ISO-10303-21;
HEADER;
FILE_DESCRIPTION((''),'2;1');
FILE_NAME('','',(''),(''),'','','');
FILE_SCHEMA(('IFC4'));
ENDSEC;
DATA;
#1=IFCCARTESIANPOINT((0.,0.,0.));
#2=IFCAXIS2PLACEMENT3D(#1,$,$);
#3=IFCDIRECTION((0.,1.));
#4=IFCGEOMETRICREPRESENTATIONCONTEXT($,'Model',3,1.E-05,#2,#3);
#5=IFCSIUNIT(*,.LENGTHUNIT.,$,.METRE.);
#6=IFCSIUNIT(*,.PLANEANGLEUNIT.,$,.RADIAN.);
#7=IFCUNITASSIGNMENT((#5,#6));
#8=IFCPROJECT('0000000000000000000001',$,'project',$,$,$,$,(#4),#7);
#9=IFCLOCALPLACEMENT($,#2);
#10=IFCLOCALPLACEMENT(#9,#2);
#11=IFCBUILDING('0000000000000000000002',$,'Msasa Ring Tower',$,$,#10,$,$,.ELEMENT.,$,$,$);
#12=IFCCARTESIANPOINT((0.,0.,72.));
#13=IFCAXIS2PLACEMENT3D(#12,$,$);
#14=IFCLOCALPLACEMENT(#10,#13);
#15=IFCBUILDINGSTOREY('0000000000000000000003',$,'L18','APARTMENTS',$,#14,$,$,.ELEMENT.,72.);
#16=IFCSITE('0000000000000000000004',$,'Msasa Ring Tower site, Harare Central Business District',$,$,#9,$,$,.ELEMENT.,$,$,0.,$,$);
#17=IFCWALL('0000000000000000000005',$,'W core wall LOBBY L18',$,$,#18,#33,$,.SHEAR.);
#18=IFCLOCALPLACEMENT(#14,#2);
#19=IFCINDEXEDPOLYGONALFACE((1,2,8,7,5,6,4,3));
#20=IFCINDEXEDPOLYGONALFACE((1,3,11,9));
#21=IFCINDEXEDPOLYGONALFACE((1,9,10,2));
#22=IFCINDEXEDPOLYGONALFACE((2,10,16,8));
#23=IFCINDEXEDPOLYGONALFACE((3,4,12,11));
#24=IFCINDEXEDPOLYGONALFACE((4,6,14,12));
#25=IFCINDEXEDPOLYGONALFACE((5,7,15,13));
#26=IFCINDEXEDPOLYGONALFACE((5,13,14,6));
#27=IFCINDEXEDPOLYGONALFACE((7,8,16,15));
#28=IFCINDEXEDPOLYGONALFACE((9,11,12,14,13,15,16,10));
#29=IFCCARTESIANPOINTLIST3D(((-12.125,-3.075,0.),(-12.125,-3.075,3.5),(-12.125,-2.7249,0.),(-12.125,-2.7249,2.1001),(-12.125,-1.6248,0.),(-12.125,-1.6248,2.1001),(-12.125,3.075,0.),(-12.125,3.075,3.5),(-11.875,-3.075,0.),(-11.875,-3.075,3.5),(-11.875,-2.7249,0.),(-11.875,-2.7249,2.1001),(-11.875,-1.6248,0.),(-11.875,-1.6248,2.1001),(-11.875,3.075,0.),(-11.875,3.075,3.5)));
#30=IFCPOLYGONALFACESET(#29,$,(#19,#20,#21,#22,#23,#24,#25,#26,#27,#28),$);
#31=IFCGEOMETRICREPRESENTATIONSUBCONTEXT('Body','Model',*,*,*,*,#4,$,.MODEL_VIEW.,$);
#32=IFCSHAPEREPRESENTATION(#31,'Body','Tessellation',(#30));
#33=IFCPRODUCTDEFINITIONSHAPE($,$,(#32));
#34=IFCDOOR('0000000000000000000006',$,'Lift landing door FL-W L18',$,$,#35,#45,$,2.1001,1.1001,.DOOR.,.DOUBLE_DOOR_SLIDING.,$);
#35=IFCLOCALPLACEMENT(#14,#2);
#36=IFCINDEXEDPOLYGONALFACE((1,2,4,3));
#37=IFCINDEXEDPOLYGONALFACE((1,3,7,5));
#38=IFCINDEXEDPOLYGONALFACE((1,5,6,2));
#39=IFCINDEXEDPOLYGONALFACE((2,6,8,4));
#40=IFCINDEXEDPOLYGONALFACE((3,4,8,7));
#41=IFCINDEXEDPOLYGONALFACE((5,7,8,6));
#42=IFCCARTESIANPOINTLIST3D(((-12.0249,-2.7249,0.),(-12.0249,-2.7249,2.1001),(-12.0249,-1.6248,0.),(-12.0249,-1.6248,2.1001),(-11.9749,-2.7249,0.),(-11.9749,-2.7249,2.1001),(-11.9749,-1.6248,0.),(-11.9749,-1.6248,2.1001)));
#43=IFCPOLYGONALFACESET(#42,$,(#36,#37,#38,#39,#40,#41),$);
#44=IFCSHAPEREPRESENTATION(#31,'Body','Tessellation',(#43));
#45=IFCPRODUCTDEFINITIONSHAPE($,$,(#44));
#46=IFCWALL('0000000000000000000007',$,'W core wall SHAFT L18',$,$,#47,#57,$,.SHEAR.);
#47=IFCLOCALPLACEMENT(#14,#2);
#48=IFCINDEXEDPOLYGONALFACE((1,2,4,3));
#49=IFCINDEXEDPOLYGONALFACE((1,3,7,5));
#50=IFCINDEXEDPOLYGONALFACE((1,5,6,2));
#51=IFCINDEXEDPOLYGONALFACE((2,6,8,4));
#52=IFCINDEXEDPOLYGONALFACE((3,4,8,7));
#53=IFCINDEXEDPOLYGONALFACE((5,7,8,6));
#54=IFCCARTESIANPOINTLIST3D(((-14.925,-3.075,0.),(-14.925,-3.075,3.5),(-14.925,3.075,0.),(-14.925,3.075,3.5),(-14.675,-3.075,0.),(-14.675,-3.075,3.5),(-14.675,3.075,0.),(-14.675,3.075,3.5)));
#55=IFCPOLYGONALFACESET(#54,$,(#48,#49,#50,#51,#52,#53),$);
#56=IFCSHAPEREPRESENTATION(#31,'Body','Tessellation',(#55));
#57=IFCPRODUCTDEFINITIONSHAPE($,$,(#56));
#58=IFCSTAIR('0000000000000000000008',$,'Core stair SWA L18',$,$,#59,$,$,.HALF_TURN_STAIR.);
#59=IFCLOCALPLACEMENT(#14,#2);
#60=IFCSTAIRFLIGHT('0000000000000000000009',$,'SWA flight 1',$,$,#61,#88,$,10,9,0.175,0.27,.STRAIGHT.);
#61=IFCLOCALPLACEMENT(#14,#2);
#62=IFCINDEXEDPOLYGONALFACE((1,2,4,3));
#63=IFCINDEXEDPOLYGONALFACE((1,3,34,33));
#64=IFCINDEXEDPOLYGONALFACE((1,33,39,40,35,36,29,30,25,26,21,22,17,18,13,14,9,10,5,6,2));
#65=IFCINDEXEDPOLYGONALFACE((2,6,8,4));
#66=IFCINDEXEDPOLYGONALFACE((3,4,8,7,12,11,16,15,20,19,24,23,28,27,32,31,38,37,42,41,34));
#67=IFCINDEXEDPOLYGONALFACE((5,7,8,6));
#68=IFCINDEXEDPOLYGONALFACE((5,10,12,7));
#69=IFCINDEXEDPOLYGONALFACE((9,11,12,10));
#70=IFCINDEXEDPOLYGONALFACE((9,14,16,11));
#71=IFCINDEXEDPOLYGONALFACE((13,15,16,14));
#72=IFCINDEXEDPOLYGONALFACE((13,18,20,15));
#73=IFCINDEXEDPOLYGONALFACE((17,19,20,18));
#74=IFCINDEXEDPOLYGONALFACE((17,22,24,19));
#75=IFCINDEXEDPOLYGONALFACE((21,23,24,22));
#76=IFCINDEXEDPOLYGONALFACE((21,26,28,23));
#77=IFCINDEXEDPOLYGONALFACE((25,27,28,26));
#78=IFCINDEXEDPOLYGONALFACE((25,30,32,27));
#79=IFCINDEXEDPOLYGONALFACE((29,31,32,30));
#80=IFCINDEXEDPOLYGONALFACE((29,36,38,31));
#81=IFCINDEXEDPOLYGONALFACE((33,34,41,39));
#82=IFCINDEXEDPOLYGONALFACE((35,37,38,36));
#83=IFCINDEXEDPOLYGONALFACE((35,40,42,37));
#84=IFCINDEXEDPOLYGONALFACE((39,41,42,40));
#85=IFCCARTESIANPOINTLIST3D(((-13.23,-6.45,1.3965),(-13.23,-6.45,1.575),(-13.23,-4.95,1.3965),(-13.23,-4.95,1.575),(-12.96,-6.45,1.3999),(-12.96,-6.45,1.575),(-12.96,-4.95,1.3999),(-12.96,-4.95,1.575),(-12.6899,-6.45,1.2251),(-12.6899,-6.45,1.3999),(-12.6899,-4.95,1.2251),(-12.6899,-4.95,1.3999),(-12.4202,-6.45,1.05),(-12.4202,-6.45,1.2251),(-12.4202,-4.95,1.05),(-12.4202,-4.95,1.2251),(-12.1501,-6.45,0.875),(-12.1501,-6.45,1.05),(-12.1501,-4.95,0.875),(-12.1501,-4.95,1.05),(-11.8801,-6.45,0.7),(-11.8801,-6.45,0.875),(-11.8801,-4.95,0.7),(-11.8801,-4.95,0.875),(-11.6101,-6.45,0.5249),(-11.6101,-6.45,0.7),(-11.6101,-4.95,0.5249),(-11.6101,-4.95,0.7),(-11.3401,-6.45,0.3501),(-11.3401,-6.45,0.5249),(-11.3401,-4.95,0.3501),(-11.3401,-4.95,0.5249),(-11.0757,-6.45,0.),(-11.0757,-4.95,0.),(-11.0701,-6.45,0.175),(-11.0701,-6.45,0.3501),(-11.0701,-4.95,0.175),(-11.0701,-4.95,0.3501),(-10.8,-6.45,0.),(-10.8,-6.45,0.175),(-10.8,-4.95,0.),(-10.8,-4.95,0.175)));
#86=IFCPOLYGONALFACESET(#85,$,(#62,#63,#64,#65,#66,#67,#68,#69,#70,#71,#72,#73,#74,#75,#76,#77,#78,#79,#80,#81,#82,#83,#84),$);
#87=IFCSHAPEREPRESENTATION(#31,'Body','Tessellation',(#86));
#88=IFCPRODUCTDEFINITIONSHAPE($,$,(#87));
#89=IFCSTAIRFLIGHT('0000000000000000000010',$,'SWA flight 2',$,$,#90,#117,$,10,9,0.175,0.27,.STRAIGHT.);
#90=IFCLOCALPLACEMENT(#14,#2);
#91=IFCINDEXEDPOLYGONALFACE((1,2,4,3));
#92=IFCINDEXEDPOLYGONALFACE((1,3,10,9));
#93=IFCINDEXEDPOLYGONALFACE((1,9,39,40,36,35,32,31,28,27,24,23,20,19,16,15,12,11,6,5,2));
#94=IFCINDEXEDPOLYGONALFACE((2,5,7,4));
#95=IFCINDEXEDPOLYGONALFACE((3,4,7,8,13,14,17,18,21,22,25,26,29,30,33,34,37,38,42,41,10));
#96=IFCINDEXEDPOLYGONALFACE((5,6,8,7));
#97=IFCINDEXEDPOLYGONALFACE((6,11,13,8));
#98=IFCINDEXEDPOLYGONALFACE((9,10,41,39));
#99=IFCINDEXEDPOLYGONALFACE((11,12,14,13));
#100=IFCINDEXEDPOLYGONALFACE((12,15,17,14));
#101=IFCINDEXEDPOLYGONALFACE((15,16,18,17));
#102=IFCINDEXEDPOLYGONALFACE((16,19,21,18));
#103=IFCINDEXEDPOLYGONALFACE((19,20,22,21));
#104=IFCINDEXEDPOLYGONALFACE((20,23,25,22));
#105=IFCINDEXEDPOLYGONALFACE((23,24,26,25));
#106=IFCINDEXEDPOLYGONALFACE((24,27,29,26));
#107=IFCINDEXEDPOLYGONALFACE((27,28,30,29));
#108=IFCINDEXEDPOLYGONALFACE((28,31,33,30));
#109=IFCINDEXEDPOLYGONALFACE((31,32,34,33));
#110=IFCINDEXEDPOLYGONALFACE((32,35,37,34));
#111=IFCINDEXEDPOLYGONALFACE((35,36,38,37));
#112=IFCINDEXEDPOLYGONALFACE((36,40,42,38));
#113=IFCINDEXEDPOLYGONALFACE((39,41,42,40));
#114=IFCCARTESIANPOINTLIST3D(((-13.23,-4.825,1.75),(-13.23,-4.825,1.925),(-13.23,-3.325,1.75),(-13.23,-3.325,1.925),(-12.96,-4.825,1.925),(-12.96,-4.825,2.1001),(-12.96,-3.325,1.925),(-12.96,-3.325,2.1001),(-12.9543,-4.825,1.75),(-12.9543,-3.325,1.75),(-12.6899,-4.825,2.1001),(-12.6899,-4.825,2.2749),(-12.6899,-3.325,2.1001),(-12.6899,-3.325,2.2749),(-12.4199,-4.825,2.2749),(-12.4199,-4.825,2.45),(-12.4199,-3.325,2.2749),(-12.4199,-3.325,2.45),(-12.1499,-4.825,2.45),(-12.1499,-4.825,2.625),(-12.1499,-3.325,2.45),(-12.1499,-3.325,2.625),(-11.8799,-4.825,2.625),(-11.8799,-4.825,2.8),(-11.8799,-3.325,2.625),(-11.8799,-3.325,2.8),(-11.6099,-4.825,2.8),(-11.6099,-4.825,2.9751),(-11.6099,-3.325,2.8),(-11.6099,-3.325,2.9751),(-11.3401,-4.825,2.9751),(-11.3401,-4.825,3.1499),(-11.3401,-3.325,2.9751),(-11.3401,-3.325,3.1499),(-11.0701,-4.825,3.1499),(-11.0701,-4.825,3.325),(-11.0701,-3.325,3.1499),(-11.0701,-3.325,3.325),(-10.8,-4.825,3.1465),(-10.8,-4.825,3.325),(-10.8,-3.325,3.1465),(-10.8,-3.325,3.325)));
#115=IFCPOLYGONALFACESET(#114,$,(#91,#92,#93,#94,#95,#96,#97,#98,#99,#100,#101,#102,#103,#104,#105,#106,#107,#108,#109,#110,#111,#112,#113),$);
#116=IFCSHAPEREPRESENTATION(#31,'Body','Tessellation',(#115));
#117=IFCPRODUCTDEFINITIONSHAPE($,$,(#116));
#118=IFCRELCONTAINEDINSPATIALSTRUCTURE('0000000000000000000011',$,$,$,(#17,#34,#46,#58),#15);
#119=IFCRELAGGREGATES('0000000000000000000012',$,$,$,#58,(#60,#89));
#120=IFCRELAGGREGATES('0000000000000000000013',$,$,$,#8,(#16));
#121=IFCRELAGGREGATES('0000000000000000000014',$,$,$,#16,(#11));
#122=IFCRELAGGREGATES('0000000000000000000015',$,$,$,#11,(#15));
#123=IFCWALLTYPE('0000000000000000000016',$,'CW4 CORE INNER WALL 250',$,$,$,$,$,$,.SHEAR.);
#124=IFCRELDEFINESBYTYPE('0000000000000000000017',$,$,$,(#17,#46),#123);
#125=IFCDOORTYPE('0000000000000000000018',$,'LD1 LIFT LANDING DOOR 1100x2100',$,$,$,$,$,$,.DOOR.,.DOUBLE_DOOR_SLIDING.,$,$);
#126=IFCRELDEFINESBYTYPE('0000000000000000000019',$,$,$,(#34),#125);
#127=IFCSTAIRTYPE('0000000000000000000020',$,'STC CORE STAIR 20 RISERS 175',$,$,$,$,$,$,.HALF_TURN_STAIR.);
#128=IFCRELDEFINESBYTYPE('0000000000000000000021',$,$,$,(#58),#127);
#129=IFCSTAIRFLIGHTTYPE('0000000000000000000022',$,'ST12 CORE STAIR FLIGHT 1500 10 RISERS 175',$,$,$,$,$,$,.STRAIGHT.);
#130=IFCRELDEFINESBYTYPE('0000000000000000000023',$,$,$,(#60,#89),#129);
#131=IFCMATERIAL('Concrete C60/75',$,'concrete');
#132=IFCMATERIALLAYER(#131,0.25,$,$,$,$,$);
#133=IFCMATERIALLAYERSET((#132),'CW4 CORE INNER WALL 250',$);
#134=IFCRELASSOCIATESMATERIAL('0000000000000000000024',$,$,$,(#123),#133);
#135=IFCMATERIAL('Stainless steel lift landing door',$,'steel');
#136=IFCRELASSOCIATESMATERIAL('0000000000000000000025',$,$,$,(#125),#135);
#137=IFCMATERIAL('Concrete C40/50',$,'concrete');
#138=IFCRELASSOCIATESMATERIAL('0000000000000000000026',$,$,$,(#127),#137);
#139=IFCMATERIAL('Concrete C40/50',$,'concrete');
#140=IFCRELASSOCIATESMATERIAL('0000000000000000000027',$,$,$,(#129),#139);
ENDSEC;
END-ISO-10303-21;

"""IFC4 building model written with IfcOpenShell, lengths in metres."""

from ifc_helpers import new_model, si_unit, direction, frame, frame_2d, origin, place, context, subcontext, project, spatial, polyline, rectangle, outline, extrude, material, layer, layer_set, type_object, element, fill, aggregate, save


model = new_model("IFC4")

# Units and contexts
model_context = context("Model", 3, precision=1e-05, world=origin(), true_north=direction((0.0, 1.0)))
body_context = subcontext(model_context, "Body", "Model", "MODEL_VIEW")
ifc_project = project(units=[si_unit("LENGTHUNIT", "METRE"), si_unit("PLANEANGLEUNIT", "RADIAN")], contexts=[model_context])

# Site, building, storey
site_placement = place(None, origin())
site = spatial("IfcSite", under=ifc_project, at=site_placement, Name="Msasa Ring Tower site, Harare Central Business District", CompositionType="ELEMENT", RefElevation=0.0)
building_placement = place(site_placement, origin())
building = spatial("IfcBuilding", under=site, at=building_placement, Name="Msasa Ring Tower", CompositionType="ELEMENT")
storey_placement = place(building_placement, frame((0.0, 0.0, 72.0)))
storey = spatial("IfcBuildingStorey", under=building, at=storey_placement, Name="L18", Description="APARTMENTS", CompositionType="ELEMENT", Elevation=72.0)

# Shared definitions
ifc_material_1 = material(Name="Concrete C60/75", Category="concrete")
ifc_layer_1 = layer(ifc_material_1, 0.25)
ifc_layer_set_1 = layer_set([ifc_layer_1], Name="CW4 CORE INNER WALL 250")
wall_type_1 = type_object("IfcWallType", Name="CW4 CORE INNER WALL 250", PredefinedType="SHEAR", material=ifc_layer_set_1)

# Wall, opening, door
wall_1_placement = place(storey_placement, frame((-12.0, -3.075, 0.0), z_axis=(0.0, 0.0, 1.0), x_axis=(0.0, 1.0, 0.0)))
wall_1 = element("IfcWall", 1, at=wall_1_placement, inside=storey, type_object=wall_type_1, Name="W core wall LOBBY L18", PredefinedType="SHEAR", context=body_context, shape_type="SweptSolid", body=[
    extrude(rectangle(XDim=6.1499, YDim=0.25, at=frame_2d((3.075, 0.0))), origin(), (0.0, 0.0, 1.0), 3.5),
])
opening_1_placement = place(wall_1_placement, frame((0.3501, 0.0, 0.0)))
opening_1 = element("IfcOpeningElement", 2, at=opening_1_placement, cuts=wall_1, PredefinedType="OPENING", context=body_context, shape_type="SweptSolid", body=[
    extrude(rectangle(XDim=1.1001, YDim=2.1001, at=frame_2d((0.55, 1.05))), frame((0.0, 0.135, 0.0), z_axis=(0.0, -1.0, 0.0), x_axis=(1.0, 0.0, 0.0)), (0.0, 0.0, 1.0), 0.27),
])
ifc_material_2 = material(Name="Stainless steel lift landing door", Category="steel")
door_type_1 = type_object("IfcDoorType", Name="LD1 LIFT LANDING DOOR 1100x2100", OperationType="DOUBLE_DOOR_SLIDING", PredefinedType="DOOR", material=ifc_material_2)
door_1_placement = place(opening_1_placement, origin())
door_1 = element("IfcDoor", 3, at=door_1_placement, inside=storey, type_object=door_type_1, Name="Lift landing door FL-W L18", OperationType="DOUBLE_DOOR_SLIDING", OverallHeight=2.1001, OverallWidth=1.1001, PredefinedType="DOOR", context=body_context, shape_type="SweptSolid", body=[
    extrude(rectangle(XDim=1.1001, YDim=2.1001, at=frame_2d((0.55, 1.05))), frame((0.0, 0.0249, 0.0), z_axis=(0.0, -1.0, 0.0), x_axis=(1.0, 0.0, 0.0)), (0.0, 0.0, 1.0), 0.05),
])
fill(opening_1, door_1)

# Wall
wall_2_placement = place(storey_placement, frame((-14.8, -3.075, 0.0), z_axis=(0.0, 0.0, 1.0), x_axis=(0.0, 1.0, 0.0)))
element("IfcWall", 4, at=wall_2_placement, inside=storey, type_object=wall_type_1, Name="W core wall SHAFT L18", PredefinedType="SHEAR", context=body_context, shape_type="SweptSolid", body=[
    extrude(rectangle(XDim=6.1499, YDim=0.25, at=frame_2d((3.075, 0.0))), origin(), (0.0, 0.0, 1.0), 3.5),
])

# Stair, stair flights
ifc_material_3 = material(Name="Concrete C40/50", Category="concrete")
stair_type = type_object("IfcStairType", Name="STC CORE STAIR 20 RISERS 175", PredefinedType="HALF_TURN_STAIR", material=ifc_material_3)
stair_placement = place(storey_placement, origin())
stair = element("IfcStair", 5, at=stair_placement, inside=storey, type_object=stair_type, Name="Core stair SWA L18", PredefinedType="HALF_TURN_STAIR")
ifc_material_4 = material(Name="Concrete C40/50", Category="concrete")
stair_flight_type = type_object("IfcStairFlightType", Name="ST12 CORE STAIR FLIGHT 1500 10 RISERS 175", PredefinedType="STRAIGHT", material=ifc_material_4)
stair_flight_1_placement = place(storey_placement, frame((-10.8, -5.7, 0.0), z_axis=(0.0, 0.0, 1.0), x_axis=(-1.0, 0.0, 0.0)))
stair_flight_1 = element("IfcStairFlight", 6, at=stair_flight_1_placement, type_object=stair_flight_type, Name="SWA flight 1", NumberOfRisers=10, NumberOfTreads=9, PredefinedType="STRAIGHT", RiserHeight=0.175, TreadLength=0.27, context=body_context, shape_type="SweptSolid", body=[
    extrude(outline(polyline([(0.0, 0.0), (0.0, 0.175), (0.27, 0.175), (0.27, 0.3501), (0.54, 0.3501), (0.54, 0.5249), (0.8101, 0.5249), (0.8101, 0.7), (1.0801, 0.7), (1.0801, 0.875), (1.3501, 0.875), (1.3501, 1.05), (1.6201, 1.05), (1.6201, 1.2251), (1.8899, 1.2251), (1.8899, 1.3999), (2.1599, 1.3999), (2.1599, 1.575), (2.4299, 1.575), (2.4299, 1.75), (2.4299, 1.3965), (0.2756, 0.0), (0.0, 0.0)])), frame((0.0, 0.75, 0.0), z_axis=(0.0, -1.0, 0.0), x_axis=(1.0, 0.0, 0.0)), (0.0, 0.0, 1.0), 1.5),
])
stair_flight_2_placement = place(storey_placement, frame((-13.23, -4.075, 1.75), z_axis=(0.0, 0.0, 1.0), x_axis=(1.0, 0.0, 0.0)))
stair_flight_2 = element("IfcStairFlight", 7, at=stair_flight_2_placement, type_object=stair_flight_type, Name="SWA flight 2", NumberOfRisers=10, NumberOfTreads=9, PredefinedType="STRAIGHT", RiserHeight=0.175, TreadLength=0.27, context=body_context, shape_type="SweptSolid", body=[
    extrude(outline(polyline([(0.0, 0.0), (0.0, 0.175), (0.27, 0.175), (0.27, 0.3501), (0.54, 0.3501), (0.54, 0.5249), (0.8101, 0.5249), (0.8101, 0.7), (1.0801, 0.7), (1.0801, 0.875), (1.3501, 0.875), (1.3501, 1.05), (1.6201, 1.05), (1.6201, 1.2251), (1.8899, 1.2251), (1.8899, 1.3999), (2.1599, 1.3999), (2.1599, 1.575), (2.4299, 1.575), (2.4299, 1.75), (2.4299, 1.3965), (0.2756, 0.0), (0.0, 0.0)])), frame((0.0, 0.75, 0.0), z_axis=(0.0, -1.0, 0.0), x_axis=(1.0, 0.0, 0.0)), (0.0, 0.0, 1.0), 1.5),
])
aggregate(stair, [stair_flight_1, stair_flight_2])

save(model, "model.ifc")
